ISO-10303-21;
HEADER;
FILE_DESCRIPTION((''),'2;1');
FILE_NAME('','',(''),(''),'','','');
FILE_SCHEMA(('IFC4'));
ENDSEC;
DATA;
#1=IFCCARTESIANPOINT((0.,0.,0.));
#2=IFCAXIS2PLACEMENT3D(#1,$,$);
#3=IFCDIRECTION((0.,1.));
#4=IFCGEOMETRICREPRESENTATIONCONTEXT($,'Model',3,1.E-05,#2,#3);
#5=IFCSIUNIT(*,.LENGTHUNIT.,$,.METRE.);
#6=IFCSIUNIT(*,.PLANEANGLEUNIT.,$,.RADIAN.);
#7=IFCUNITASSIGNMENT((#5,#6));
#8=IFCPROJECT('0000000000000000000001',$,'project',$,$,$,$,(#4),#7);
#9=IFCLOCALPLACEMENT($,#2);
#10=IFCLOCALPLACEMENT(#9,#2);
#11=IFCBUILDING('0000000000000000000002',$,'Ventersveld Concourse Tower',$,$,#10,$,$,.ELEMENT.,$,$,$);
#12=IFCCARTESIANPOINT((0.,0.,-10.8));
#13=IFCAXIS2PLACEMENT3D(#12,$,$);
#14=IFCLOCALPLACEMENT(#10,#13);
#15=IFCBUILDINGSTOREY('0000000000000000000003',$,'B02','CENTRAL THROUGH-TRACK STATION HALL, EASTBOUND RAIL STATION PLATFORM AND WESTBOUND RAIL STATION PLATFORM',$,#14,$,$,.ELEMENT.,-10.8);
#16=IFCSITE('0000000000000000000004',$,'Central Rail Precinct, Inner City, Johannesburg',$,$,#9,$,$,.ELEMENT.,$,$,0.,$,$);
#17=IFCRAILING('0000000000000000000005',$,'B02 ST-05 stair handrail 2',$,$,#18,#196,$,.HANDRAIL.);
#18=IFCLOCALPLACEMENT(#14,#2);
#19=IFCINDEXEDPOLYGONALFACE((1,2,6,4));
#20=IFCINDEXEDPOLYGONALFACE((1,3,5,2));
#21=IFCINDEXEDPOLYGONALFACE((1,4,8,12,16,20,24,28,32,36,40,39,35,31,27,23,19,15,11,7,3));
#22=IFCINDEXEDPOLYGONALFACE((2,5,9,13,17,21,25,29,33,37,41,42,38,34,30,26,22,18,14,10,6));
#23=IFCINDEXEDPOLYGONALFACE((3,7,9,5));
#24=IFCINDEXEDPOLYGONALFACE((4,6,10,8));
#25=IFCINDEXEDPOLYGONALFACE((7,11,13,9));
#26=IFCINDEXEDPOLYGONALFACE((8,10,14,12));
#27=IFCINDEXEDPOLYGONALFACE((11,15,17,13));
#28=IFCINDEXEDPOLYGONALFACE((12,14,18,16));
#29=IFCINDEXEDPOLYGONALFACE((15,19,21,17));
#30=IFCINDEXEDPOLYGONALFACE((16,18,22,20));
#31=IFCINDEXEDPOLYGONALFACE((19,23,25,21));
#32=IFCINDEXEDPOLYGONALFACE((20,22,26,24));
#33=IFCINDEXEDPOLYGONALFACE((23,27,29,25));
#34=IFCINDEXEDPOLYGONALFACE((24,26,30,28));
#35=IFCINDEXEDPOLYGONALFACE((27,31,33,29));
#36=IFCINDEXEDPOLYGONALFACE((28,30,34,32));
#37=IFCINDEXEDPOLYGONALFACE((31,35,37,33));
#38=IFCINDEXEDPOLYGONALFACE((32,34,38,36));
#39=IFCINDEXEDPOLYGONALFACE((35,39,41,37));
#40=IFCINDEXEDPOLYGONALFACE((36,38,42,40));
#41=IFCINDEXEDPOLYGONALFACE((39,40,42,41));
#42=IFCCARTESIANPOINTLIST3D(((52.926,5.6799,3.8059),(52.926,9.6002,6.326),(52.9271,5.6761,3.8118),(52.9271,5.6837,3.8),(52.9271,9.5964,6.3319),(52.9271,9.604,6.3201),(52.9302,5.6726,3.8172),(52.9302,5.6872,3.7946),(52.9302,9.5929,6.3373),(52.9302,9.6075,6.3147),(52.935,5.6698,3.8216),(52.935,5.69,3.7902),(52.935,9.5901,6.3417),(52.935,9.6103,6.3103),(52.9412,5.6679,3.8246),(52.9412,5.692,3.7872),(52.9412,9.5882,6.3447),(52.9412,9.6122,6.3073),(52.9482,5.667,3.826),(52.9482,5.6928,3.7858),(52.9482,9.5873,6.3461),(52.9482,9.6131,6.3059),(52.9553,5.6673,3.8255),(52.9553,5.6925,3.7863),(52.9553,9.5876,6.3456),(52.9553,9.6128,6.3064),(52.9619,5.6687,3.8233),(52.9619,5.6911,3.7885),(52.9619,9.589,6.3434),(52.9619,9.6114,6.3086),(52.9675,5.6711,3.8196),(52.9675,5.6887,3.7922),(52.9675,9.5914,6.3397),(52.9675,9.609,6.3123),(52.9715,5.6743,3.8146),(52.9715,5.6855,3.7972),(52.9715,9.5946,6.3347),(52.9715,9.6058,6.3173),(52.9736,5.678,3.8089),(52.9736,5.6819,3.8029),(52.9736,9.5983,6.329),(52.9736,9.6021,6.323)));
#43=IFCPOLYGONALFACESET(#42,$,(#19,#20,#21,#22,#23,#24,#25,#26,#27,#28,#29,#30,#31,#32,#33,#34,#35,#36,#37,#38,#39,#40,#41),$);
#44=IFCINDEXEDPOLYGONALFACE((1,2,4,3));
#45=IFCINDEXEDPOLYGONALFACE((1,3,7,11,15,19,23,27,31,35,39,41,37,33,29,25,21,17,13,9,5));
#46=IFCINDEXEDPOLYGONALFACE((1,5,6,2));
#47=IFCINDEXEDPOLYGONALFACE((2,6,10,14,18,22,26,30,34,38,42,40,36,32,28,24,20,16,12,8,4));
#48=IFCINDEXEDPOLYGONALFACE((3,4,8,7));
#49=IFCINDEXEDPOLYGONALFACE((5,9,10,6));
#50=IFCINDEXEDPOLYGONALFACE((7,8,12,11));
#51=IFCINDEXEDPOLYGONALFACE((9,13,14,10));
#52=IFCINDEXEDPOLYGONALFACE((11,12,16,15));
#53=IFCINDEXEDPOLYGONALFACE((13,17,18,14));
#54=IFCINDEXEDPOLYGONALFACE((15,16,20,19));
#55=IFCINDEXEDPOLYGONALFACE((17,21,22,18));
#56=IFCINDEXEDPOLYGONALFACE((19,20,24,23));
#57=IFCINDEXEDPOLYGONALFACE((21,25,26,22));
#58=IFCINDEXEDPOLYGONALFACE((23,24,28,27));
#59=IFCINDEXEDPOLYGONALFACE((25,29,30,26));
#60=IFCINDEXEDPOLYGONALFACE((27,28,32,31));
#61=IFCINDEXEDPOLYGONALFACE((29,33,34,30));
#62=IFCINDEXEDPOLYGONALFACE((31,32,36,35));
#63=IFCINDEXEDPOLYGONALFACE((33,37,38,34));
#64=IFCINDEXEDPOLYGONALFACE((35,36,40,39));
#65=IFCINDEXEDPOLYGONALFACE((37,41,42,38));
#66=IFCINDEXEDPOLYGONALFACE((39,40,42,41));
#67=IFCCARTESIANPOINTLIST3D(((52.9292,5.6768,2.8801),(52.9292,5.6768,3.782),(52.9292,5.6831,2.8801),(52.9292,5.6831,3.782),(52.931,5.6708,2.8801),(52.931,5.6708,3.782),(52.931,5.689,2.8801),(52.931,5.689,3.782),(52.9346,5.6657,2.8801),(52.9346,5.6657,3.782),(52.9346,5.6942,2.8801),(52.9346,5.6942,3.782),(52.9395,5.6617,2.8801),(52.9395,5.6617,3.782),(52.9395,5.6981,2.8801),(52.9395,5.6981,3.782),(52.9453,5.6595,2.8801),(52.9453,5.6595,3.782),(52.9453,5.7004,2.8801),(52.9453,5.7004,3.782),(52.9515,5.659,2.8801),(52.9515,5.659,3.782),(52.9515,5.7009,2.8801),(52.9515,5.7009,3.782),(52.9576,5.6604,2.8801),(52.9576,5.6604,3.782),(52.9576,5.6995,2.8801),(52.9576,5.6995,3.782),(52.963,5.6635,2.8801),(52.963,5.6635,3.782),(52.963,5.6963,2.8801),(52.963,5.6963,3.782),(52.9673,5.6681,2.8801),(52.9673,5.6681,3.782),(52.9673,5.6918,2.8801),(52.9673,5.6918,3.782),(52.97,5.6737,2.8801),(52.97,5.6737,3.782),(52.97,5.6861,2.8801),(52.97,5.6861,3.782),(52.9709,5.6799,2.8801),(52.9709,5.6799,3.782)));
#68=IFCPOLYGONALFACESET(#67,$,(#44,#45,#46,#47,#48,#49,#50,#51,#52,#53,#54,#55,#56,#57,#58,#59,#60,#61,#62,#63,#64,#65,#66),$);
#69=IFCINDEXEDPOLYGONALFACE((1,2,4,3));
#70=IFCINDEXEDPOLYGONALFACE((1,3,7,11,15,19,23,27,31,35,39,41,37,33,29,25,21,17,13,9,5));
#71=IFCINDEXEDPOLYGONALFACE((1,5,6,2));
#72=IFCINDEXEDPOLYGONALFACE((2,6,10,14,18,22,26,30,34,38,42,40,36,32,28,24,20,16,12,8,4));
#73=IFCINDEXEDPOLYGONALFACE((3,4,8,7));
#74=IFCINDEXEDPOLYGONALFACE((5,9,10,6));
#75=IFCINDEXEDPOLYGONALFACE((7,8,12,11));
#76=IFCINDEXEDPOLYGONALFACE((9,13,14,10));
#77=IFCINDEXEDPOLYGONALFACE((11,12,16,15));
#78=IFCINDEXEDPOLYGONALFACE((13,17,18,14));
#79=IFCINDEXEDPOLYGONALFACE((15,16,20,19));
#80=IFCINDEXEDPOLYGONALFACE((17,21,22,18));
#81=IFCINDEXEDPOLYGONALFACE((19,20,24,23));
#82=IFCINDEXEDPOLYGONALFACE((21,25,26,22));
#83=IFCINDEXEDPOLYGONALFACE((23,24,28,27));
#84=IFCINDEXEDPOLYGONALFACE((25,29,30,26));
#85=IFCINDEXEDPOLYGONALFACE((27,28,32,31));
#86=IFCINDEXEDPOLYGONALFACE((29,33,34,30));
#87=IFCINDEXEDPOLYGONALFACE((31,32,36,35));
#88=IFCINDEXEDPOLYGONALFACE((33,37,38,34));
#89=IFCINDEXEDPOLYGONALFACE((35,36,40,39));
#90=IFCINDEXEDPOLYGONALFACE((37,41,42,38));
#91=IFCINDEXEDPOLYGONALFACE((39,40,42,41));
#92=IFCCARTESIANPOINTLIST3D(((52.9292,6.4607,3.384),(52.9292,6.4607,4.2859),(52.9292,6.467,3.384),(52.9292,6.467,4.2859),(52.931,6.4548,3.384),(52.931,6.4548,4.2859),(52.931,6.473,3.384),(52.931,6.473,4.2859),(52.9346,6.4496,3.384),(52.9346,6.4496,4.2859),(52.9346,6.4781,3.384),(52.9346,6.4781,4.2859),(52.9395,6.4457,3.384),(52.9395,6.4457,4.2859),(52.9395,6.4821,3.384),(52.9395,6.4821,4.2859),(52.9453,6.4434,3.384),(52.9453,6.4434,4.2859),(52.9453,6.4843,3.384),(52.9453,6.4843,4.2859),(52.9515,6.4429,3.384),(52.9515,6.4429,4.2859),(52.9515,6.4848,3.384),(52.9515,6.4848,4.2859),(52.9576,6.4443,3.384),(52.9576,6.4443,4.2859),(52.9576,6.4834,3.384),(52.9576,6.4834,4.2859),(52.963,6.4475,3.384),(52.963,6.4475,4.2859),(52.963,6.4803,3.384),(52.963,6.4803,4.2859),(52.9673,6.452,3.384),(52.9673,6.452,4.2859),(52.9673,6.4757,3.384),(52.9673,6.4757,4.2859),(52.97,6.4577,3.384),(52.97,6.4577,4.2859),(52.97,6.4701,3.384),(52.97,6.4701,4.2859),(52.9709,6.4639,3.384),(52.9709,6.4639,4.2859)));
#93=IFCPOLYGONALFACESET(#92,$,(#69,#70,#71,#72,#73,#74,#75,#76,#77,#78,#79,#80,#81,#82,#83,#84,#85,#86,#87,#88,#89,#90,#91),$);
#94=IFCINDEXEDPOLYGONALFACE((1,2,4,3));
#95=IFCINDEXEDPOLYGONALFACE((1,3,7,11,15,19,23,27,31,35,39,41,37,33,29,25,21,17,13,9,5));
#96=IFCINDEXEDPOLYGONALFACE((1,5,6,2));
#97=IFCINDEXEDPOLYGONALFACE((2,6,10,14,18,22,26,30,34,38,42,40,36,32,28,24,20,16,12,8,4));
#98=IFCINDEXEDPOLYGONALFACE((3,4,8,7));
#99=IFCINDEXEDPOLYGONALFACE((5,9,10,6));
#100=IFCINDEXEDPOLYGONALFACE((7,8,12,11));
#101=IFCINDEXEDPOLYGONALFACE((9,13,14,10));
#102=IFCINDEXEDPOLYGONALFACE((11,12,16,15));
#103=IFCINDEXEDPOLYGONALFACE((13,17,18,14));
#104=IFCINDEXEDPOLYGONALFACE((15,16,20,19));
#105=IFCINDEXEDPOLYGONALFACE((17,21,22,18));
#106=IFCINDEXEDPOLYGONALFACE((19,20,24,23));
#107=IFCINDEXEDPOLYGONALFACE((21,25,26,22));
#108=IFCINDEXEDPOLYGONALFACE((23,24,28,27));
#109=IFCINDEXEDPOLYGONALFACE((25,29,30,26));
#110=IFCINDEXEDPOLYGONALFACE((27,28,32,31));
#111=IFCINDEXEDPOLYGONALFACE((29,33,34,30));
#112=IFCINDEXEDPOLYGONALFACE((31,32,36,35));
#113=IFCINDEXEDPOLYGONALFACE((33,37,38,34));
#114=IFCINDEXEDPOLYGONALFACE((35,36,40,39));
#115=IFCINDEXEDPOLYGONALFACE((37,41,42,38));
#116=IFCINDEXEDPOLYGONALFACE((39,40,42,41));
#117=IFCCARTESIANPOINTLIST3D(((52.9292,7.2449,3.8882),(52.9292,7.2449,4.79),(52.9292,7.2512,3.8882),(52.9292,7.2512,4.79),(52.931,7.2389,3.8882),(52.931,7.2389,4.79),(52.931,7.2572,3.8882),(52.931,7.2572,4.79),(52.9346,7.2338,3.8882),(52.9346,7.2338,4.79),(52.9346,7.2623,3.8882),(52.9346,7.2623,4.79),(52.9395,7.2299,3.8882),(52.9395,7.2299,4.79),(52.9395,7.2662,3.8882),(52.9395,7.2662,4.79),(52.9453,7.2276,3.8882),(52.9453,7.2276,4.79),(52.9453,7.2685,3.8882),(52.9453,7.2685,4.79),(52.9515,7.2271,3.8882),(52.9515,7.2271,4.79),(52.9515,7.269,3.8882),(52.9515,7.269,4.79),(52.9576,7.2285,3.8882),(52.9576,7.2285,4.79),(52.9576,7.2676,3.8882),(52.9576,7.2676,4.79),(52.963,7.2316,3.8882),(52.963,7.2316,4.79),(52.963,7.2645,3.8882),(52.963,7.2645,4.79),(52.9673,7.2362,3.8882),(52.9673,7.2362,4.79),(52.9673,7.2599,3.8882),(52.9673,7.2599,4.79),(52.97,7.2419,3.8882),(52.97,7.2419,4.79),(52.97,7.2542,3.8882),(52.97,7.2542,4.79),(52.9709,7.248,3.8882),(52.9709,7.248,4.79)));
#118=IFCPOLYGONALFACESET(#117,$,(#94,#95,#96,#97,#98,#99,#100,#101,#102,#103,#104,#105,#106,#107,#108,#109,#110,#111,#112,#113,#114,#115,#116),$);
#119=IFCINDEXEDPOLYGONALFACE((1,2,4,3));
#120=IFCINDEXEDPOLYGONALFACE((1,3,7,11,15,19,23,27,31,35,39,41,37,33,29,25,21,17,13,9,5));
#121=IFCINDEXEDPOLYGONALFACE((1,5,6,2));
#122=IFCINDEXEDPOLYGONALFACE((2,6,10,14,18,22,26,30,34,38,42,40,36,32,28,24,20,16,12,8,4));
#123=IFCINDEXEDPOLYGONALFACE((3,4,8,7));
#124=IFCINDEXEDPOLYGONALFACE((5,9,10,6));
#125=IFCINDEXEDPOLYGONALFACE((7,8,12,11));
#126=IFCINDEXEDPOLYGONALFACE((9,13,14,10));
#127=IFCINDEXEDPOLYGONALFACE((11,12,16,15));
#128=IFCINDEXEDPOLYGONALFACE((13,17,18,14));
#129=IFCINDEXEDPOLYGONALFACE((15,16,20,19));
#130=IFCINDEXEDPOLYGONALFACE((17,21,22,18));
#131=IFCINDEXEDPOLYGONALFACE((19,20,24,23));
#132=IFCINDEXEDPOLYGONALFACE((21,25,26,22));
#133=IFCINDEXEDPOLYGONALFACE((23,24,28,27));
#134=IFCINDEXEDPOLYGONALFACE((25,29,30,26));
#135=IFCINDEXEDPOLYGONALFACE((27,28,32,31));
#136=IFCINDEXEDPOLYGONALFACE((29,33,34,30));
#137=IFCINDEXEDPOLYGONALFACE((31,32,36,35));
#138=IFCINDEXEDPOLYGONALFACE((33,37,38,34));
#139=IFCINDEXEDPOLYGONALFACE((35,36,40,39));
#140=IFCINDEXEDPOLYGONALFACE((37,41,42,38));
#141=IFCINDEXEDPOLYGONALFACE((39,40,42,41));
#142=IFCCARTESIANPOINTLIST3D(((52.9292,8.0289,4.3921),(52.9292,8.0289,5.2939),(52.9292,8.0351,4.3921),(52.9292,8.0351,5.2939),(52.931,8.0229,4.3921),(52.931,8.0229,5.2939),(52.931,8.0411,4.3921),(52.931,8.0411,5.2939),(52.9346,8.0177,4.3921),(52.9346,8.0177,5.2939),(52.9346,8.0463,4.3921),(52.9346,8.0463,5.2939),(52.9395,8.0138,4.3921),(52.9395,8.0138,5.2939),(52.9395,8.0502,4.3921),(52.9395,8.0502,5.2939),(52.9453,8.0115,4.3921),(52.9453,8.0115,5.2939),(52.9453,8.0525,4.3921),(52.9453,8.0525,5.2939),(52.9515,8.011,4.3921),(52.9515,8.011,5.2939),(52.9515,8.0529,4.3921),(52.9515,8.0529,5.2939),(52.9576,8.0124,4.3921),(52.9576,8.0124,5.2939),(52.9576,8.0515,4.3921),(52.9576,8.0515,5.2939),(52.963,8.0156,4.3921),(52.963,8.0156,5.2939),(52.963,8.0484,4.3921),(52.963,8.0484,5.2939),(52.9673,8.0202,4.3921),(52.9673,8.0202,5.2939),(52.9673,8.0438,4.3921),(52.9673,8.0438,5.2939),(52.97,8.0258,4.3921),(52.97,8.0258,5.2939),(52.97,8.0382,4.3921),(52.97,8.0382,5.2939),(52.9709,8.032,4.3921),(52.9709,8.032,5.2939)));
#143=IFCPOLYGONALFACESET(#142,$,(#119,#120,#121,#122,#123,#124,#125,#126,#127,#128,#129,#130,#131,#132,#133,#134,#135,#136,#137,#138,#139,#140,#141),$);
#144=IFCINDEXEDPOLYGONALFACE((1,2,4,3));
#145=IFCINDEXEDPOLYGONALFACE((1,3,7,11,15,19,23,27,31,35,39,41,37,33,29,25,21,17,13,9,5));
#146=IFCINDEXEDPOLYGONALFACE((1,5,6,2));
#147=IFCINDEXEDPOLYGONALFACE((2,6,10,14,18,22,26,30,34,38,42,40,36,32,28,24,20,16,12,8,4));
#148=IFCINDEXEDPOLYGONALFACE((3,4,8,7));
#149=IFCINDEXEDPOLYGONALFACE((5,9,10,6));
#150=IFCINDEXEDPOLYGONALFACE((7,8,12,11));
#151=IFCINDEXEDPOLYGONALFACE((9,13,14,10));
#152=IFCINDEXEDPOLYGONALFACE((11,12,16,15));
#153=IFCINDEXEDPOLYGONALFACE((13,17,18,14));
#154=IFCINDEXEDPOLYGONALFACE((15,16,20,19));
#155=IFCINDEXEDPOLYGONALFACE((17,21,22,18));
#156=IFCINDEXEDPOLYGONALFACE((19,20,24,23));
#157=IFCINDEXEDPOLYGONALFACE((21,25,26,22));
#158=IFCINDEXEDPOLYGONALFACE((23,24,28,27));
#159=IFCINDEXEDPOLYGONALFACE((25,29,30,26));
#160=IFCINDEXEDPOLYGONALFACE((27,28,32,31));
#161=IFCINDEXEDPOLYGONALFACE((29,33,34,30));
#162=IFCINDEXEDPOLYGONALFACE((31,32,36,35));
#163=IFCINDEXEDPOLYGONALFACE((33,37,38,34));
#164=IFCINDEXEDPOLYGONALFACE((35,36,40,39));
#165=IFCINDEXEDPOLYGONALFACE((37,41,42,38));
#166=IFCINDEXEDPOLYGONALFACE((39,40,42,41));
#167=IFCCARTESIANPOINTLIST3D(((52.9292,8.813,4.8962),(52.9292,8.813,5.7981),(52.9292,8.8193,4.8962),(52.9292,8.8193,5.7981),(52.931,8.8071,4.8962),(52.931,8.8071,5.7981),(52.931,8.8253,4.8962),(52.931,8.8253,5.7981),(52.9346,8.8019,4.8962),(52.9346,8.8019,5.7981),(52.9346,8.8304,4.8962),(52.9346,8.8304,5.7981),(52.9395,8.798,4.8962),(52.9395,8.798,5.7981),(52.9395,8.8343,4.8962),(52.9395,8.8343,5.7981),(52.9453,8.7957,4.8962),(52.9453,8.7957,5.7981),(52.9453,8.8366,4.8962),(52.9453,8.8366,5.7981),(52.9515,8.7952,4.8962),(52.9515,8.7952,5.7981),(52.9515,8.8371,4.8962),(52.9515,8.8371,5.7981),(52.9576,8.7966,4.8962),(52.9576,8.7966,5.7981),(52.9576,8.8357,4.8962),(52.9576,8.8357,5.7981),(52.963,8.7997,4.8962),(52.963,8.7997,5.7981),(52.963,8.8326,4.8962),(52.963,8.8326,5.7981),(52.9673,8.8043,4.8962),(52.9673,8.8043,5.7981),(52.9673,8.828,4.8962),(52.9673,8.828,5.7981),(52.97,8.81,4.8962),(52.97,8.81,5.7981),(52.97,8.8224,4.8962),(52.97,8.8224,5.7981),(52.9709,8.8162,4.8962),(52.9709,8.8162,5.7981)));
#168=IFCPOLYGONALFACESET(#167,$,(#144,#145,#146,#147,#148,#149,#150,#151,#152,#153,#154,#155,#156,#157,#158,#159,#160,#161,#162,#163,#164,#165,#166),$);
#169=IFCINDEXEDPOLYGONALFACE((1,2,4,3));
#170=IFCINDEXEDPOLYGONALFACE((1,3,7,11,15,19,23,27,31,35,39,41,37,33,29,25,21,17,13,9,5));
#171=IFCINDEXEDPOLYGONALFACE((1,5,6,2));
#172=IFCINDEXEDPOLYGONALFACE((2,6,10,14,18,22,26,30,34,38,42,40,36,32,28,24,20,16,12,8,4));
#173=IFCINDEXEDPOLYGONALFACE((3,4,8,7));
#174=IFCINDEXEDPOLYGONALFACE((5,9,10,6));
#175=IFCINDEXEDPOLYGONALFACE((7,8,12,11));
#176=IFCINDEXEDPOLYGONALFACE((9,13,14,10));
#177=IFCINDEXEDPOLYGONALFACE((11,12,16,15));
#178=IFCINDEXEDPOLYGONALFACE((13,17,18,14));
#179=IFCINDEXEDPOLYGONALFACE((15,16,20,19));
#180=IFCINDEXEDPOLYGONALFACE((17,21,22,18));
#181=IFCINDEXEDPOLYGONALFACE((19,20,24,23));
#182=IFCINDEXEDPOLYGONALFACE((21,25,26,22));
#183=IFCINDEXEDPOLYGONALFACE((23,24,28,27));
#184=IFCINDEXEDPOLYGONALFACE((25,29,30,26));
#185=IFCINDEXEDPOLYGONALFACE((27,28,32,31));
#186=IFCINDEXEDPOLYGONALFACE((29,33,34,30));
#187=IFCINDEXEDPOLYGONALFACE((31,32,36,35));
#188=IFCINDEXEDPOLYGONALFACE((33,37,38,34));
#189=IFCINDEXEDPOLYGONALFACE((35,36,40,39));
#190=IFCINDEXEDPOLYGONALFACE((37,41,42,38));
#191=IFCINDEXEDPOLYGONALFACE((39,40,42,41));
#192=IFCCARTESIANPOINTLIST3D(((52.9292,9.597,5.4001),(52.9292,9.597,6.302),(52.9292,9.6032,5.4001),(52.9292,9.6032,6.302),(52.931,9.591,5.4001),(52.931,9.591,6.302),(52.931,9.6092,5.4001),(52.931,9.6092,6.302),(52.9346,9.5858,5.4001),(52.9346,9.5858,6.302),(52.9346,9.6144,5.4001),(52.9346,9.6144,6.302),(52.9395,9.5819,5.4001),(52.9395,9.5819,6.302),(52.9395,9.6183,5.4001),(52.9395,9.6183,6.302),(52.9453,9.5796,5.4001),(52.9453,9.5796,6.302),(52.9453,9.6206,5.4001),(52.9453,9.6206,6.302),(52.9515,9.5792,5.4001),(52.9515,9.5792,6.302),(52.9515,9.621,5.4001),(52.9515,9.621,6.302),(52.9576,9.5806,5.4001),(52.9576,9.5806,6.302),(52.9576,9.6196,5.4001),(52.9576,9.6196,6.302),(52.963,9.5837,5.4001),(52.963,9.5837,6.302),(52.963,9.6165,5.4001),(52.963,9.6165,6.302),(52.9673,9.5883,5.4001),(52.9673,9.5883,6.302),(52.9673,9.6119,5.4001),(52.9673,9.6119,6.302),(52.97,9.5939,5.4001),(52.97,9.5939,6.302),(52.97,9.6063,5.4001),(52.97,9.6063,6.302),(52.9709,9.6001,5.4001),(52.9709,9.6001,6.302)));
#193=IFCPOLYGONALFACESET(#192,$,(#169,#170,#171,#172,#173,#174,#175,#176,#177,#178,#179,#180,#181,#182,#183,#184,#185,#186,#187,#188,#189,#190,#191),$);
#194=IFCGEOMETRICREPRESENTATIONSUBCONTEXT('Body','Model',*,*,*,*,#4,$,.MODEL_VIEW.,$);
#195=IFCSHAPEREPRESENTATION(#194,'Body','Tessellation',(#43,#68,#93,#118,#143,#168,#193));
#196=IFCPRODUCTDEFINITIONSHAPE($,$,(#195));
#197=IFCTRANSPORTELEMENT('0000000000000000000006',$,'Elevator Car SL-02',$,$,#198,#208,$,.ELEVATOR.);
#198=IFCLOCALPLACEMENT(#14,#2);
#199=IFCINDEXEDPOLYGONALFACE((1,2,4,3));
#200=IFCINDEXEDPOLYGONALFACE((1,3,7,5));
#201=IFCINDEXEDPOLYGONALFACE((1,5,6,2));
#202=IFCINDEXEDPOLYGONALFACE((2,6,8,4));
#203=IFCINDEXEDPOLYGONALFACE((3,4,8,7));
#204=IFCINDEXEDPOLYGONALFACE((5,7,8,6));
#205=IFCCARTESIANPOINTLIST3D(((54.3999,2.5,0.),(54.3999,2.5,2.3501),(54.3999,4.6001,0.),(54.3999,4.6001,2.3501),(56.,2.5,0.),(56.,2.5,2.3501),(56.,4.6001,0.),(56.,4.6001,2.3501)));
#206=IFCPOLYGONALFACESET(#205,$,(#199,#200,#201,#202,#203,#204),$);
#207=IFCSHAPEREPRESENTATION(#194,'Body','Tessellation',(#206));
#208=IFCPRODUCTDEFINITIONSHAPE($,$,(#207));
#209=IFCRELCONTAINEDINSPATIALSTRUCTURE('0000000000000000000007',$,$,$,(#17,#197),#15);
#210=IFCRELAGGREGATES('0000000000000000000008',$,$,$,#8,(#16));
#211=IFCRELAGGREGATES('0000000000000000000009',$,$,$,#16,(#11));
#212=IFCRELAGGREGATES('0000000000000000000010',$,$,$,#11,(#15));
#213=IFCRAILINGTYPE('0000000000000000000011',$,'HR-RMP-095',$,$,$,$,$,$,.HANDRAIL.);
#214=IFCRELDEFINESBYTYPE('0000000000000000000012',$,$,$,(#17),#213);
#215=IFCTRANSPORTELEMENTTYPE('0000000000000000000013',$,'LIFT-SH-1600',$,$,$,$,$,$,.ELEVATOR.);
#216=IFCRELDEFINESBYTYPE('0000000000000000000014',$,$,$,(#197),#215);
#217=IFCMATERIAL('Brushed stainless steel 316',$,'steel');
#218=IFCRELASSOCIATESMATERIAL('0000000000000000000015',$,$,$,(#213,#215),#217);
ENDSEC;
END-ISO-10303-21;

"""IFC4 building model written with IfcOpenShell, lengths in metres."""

from ifc_helpers import new_model, si_unit, direction, frame, origin, origin_2d, place, context, subcontext, project, spatial, rectangle, circle, extrude, material, type_object, element, save


model = new_model("IFC4")

# Units and contexts
model_context = context("Model", 3, precision=1e-05, world=origin(), true_north=direction((0.0, 1.0)))
body_context = subcontext(model_context, "Body", "Model", "MODEL_VIEW")
ifc_project = project(units=[si_unit("LENGTHUNIT", "METRE"), si_unit("PLANEANGLEUNIT", "RADIAN")], contexts=[model_context])

# Site, building, storey
site_placement = place(None, origin())
site = spatial("IfcSite", under=ifc_project, at=site_placement, Name="Central Rail Precinct, Inner City, Johannesburg", CompositionType="ELEMENT", RefElevation=0.0)
building_placement = place(site_placement, origin())
building = spatial("IfcBuilding", under=site, at=building_placement, Name="Ventersveld Concourse Tower", CompositionType="ELEMENT")
storey_placement = place(building_placement, frame((0.0, 0.0, -10.8)))
storey = spatial("IfcBuildingStorey", under=building, at=storey_placement, Name="B02", Description="CENTRAL THROUGH-TRACK STATION HALL, EASTBOUND RAIL STATION PLATFORM AND WESTBOUND RAIL STATION PLATFORM", CompositionType="ELEMENT", Elevation=-10.8)

# Shared definitions
ifc_material_1 = material(Name="Brushed stainless steel 316", Category="steel")

# Railing
railing_type = type_object("IfcRailingType", Name="HR-RMP-095", PredefinedType="HANDRAIL", material=ifc_material_1)
railing_placement = place(storey_placement, frame((52.95, 5.6799, 2.8801)))
element("IfcRailing", 1, at=railing_placement, inside=storey, type_object=railing_type, Name="B02 ST-05 stair handrail 2", PredefinedType="HANDRAIL", context=body_context, shape_type="SweptSolid", body=[
    extrude(circle(Radius=0.0239, at=origin_2d()), frame((0.0, 0.0, 0.9258), z_axis=(0.0, 0.841187, 0.540744), x_axis=(-1.0, 0.0, 0.0)), (0.0, 0.0, 1.0), 4.6604),
    extrude(circle(Radius=0.021, at=origin_2d()), origin(), (0.0, 0.0, 1.0), 0.9019),
    extrude(circle(Radius=0.021, at=origin_2d()), frame((0.0, 0.7839, 0.5039)), (0.0, 0.0, 1.0), 0.9019),
    extrude(circle(Radius=0.021, at=origin_2d()), frame((0.0, 1.5681, 1.0081)), (0.0, 0.0, 1.0), 0.9019),
    extrude(circle(Radius=0.021, at=origin_2d()), frame((0.0, 2.3521, 1.512)), (0.0, 0.0, 1.0), 0.9019),
    extrude(circle(Radius=0.021, at=origin_2d()), frame((0.0, 3.1362, 2.0161)), (0.0, 0.0, 1.0), 0.9019),
    extrude(circle(Radius=0.021, at=origin_2d()), frame((0.0, 3.9202, 2.52)), (0.0, 0.0, 1.0), 0.9019),
])

# Transport element
transport_element_type = type_object("IfcTransportElementType", Name="LIFT-SH-1600", PredefinedType="ELEVATOR", material=ifc_material_1)
transport_element_placement = place(storey_placement, frame((55.2, 3.55, 0.0), z_axis=(0.0, 0.0, 1.0), x_axis=(1.0, 0.0, 0.0)))
element("IfcTransportElement", 2, at=transport_element_placement, inside=storey, type_object=transport_element_type, Name="Elevator Car SL-02", PredefinedType="ELEVATOR", context=body_context, shape_type="SweptSolid", body=[
    extrude(rectangle(XDim=1.6001, YDim=2.1001, at=origin_2d()), origin(), (0.0, 0.0, 1.0), 2.3501),
])

save(model, "model.ifc")
